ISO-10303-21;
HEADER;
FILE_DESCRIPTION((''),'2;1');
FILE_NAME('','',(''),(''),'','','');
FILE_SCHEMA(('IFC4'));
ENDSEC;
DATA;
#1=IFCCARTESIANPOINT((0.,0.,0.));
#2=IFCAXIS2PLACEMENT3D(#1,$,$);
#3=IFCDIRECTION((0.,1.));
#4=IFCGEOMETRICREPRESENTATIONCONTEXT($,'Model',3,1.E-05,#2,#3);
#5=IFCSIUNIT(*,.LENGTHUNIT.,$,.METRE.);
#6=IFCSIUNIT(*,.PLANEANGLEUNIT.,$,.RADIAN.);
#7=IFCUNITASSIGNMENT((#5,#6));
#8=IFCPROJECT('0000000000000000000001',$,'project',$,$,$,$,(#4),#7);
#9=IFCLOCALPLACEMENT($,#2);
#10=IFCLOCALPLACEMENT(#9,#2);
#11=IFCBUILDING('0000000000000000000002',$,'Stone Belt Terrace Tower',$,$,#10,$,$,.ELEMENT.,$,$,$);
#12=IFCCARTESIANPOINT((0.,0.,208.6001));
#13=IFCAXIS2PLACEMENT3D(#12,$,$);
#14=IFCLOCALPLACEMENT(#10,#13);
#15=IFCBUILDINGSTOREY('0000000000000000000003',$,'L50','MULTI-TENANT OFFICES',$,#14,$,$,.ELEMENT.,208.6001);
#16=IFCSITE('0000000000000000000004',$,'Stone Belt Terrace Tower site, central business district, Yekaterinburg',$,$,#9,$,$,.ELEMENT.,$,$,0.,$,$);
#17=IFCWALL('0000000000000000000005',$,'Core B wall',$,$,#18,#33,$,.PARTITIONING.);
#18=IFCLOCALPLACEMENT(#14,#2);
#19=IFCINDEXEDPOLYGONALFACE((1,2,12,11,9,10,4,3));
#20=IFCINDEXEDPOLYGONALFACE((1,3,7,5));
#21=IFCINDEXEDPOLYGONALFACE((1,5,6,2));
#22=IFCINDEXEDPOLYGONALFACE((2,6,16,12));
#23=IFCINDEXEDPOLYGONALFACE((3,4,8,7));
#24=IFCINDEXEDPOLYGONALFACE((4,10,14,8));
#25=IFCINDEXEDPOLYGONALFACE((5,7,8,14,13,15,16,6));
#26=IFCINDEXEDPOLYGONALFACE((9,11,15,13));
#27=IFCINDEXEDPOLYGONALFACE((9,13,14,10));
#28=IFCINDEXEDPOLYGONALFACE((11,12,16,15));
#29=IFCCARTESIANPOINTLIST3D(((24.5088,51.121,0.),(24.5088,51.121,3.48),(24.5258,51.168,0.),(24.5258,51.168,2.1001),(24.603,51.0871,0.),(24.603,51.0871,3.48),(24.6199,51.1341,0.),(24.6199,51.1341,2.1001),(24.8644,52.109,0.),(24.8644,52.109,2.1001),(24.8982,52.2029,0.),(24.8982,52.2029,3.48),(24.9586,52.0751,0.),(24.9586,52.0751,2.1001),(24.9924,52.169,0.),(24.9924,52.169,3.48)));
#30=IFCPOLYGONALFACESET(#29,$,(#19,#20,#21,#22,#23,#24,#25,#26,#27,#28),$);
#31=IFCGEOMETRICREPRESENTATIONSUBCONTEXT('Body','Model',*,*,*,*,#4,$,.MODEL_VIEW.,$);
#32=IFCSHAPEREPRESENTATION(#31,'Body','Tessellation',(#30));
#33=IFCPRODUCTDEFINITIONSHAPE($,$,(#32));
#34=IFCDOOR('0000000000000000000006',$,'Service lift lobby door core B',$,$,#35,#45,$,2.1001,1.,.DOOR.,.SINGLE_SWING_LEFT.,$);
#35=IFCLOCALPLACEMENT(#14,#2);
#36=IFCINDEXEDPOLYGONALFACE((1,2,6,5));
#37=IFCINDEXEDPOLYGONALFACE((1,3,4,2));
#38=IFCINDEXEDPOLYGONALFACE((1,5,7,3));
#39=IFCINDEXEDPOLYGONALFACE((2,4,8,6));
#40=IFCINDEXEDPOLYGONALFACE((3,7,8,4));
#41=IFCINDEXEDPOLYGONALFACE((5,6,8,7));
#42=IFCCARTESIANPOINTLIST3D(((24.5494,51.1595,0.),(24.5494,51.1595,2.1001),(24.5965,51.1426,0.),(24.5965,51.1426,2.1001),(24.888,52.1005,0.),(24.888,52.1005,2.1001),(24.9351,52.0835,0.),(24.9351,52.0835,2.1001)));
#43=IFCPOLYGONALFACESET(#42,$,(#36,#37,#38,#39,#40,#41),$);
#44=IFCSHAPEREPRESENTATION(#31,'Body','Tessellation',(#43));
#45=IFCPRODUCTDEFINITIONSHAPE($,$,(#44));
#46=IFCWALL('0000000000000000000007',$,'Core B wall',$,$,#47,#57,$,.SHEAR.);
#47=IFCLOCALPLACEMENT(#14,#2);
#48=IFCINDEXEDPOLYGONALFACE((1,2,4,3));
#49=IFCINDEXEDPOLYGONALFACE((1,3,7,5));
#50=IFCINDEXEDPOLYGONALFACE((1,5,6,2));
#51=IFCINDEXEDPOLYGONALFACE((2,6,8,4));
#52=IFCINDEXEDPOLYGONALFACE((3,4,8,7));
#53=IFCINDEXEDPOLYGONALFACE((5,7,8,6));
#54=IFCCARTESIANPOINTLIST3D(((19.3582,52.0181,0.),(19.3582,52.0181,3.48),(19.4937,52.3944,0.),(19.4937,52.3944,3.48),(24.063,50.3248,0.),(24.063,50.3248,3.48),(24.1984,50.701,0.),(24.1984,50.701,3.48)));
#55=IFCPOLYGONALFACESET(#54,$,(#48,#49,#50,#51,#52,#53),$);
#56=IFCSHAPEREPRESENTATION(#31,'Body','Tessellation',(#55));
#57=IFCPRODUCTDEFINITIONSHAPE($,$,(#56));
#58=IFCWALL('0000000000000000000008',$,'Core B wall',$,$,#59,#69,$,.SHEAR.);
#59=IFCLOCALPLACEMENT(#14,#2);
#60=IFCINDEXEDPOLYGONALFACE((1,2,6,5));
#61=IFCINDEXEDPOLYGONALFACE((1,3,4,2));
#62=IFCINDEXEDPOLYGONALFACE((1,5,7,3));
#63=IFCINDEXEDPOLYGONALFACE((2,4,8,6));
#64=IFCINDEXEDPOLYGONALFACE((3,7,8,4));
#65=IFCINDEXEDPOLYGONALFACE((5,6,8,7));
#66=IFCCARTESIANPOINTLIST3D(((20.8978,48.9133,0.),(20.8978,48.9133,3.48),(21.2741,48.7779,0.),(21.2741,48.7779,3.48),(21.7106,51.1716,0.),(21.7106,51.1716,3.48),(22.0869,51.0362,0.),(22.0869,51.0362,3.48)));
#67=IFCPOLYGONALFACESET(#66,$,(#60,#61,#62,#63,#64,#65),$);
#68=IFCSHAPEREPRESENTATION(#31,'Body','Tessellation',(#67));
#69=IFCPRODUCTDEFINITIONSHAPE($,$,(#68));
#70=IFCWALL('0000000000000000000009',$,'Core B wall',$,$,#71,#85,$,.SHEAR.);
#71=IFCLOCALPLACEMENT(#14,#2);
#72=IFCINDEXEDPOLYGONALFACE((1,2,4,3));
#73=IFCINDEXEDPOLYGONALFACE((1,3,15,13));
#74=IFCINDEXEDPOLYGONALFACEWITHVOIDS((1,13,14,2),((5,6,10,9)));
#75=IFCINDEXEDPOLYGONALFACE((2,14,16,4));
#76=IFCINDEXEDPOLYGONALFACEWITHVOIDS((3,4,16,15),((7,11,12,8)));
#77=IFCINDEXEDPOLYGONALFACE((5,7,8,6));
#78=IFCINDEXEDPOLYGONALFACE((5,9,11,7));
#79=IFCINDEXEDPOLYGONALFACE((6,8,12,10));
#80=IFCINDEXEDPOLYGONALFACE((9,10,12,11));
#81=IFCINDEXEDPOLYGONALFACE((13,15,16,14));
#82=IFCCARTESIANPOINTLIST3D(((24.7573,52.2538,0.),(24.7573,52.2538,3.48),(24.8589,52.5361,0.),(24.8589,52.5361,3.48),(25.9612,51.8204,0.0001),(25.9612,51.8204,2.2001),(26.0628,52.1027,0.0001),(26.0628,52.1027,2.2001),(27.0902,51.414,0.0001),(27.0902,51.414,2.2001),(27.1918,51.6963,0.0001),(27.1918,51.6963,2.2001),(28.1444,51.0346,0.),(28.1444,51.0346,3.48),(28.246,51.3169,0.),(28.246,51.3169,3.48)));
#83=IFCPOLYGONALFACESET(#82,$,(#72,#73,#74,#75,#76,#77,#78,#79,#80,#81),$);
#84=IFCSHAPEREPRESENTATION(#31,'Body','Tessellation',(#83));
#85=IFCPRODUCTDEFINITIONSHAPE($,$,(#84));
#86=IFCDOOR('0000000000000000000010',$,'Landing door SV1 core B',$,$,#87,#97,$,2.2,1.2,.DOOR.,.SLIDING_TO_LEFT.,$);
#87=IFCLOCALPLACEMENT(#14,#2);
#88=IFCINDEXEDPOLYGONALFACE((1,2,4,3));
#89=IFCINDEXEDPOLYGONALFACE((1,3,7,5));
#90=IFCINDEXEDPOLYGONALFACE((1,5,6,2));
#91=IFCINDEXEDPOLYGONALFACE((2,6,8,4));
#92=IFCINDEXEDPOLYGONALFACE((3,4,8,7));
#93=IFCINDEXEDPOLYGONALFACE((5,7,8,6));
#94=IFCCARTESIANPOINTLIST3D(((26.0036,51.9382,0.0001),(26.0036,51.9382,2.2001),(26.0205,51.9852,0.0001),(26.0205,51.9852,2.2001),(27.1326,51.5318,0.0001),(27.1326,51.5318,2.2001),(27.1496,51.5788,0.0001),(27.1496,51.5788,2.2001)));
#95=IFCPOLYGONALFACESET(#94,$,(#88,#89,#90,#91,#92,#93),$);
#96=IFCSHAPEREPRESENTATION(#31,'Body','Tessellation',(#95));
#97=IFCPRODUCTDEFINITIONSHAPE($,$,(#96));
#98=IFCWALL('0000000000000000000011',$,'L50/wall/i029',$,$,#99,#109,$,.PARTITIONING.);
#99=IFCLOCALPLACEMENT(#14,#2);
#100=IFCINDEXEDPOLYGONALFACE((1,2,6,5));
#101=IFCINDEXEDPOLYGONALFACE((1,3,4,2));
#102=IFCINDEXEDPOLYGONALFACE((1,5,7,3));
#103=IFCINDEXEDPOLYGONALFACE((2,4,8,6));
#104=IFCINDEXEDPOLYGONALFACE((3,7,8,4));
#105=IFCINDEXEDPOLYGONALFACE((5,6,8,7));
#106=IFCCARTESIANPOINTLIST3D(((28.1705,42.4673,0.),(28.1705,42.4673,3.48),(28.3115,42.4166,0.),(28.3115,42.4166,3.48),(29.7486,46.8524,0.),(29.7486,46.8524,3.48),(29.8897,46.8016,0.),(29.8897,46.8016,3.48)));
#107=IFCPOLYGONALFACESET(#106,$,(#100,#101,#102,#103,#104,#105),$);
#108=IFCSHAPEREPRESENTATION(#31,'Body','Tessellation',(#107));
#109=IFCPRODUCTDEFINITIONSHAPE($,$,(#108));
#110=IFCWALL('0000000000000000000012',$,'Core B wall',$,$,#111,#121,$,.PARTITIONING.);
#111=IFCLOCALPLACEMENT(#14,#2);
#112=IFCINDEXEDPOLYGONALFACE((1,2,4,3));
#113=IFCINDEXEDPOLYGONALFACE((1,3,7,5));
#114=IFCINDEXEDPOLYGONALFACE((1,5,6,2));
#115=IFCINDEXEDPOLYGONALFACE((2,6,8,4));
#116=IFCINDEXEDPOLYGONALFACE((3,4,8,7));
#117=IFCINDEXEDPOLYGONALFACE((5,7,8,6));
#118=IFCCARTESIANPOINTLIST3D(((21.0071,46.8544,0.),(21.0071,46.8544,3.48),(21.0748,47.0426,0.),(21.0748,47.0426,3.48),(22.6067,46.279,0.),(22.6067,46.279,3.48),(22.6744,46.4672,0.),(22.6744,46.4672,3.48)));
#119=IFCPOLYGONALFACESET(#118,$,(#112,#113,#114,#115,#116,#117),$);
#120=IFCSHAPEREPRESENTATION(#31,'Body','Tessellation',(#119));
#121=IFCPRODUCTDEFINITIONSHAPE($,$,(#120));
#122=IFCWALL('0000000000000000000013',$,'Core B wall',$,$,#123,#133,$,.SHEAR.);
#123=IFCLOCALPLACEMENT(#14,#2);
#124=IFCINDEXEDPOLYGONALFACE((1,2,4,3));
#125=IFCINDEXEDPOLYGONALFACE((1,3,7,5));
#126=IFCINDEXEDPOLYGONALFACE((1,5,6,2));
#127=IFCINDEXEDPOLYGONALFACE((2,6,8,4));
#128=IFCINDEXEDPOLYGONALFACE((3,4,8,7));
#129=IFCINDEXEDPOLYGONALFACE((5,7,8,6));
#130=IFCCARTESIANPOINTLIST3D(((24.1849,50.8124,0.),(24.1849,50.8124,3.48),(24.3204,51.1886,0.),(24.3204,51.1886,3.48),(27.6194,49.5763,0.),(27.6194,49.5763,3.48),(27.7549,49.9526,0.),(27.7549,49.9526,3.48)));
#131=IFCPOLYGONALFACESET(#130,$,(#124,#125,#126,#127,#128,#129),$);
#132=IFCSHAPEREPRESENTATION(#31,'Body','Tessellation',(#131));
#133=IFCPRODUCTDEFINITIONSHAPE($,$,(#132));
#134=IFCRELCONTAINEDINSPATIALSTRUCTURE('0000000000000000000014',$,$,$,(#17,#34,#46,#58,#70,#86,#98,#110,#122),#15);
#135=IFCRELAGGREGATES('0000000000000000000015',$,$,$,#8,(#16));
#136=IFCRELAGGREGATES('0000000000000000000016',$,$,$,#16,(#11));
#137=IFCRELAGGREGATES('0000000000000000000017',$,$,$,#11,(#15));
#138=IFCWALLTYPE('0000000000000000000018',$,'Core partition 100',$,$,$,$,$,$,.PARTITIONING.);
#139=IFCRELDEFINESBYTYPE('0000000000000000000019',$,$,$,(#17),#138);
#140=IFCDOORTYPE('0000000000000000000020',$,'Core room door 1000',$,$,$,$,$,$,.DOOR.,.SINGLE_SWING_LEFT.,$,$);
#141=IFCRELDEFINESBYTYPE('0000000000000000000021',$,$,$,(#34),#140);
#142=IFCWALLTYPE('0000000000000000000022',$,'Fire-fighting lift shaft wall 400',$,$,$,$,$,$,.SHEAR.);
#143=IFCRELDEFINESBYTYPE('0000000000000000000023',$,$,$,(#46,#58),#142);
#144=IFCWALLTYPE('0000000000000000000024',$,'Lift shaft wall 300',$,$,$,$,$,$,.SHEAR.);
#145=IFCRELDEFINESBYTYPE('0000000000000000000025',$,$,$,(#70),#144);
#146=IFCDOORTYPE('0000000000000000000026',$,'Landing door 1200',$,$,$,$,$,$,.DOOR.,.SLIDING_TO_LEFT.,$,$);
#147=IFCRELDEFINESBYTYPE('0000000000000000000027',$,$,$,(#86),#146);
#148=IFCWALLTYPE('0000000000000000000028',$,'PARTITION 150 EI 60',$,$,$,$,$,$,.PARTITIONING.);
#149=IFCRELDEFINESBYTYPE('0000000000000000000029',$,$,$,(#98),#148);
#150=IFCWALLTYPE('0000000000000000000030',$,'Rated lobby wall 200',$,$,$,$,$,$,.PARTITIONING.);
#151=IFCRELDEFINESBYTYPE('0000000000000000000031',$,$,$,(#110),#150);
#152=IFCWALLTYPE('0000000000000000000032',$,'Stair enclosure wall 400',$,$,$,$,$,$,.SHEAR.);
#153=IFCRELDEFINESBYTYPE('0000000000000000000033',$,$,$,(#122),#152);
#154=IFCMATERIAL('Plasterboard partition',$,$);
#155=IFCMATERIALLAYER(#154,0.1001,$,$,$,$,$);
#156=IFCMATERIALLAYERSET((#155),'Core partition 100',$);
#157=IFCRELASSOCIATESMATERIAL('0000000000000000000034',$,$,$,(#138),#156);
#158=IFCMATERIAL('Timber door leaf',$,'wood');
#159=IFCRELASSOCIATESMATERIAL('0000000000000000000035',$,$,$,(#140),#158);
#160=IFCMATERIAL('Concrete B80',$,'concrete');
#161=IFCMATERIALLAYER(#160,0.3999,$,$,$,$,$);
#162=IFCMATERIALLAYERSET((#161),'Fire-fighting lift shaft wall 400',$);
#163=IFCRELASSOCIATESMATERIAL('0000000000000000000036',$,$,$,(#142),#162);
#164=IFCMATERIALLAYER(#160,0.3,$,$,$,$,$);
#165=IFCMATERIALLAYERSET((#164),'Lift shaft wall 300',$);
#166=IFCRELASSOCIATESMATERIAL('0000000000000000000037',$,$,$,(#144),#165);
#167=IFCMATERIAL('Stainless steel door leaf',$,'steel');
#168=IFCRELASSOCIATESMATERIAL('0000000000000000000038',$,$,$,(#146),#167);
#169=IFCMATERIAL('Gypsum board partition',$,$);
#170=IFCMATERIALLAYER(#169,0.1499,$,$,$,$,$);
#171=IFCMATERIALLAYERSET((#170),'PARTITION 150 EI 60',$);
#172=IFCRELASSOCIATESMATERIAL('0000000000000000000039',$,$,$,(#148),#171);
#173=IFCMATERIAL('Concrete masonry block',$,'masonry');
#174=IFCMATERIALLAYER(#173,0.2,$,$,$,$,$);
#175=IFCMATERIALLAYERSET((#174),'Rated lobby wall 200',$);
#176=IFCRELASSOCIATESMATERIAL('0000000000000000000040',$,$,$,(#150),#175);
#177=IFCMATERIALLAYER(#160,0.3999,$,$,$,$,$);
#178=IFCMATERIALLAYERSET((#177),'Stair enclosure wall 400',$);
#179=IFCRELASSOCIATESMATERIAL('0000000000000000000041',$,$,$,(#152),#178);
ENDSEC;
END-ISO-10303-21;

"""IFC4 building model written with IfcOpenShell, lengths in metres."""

from ifc_helpers import new_model, si_unit, direction, frame, frame_2d, origin, place, context, subcontext, project, spatial, rectangle, extrude, material, layer, layer_set, type_object, element, fill, save


model = new_model("IFC4")

# Units and contexts
model_context = context("Model", 3, precision=1e-05, world=origin(), true_north=direction((0.0, 1.0)))
body_context = subcontext(model_context, "Body", "Model", "MODEL_VIEW")
ifc_project = project(units=[si_unit("LENGTHUNIT", "METRE"), si_unit("PLANEANGLEUNIT", "RADIAN")], contexts=[model_context])

# Site, building, storey
site_placement = place(None, origin())
site = spatial("IfcSite", under=ifc_project, at=site_placement, Name="Stone Belt Terrace Tower site, central business district, Yekaterinburg", CompositionType="ELEMENT", RefElevation=0.0)
building_placement = place(site_placement, origin())
building = spatial("IfcBuilding", under=site, at=building_placement, Name="Stone Belt Terrace Tower", CompositionType="ELEMENT")
storey_placement = place(building_placement, frame((0.0, 0.0, 208.6001)))
storey = spatial("IfcBuildingStorey", under=building, at=storey_placement, Name="L50", Description="MULTI-TENANT OFFICES", CompositionType="ELEMENT", Elevation=208.6001)

# Wall, opening, door
ifc_material_1 = material(Name="Plasterboard partition")
ifc_layer_1 = layer(ifc_material_1, 0.1001)
ifc_layer_set_1 = layer_set([ifc_layer_1], Name="Core partition 100")
wall_type_1 = type_object("IfcWallType", Name="Core partition 100", PredefinedType="PARTITIONING", material=ifc_layer_set_1)
wall_1_placement = place(storey_placement, frame((24.5559, 51.104, 0.0), z_axis=(0.0, 0.0, 1.0), x_axis=(0.338622, 0.940923, 0.0)))
wall_1 = element("IfcWall", 1, at=wall_1_placement, inside=storey, type_object=wall_type_1, Name="Core B wall", PredefinedType="PARTITIONING", context=body_context, shape_type="SweptSolid", body=[
    extrude(rectangle(XDim=1.1499, YDim=0.1001, at=frame_2d((0.575, 0.0))), origin(), (0.0, 0.0, 1.0), 3.48),
])
opening_1_placement = place(wall_1_placement, frame((0.05, 0.0, 0.0)))
opening_1 = element("IfcOpeningElement", 2, at=opening_1_placement, cuts=wall_1, PredefinedType="OPENING", context=body_context, shape_type="SweptSolid", body=[
    extrude(rectangle(XDim=1.0, YDim=2.1001, at=frame_2d((0.5, 1.05))), frame((0.0, 0.0601, 0.0), z_axis=(0.0, -1.0, 0.0), x_axis=(1.0, 0.0, 0.0)), (0.0, 0.0, 1.0), 0.1201),
])
ifc_material_2 = material(Name="Timber door leaf", Category="wood")
door_type_1 = type_object("IfcDoorType", Name="Core room door 1000", OperationType="SINGLE_SWING_LEFT", PredefinedType="DOOR", material=ifc_material_2)
door_1_placement = place(opening_1_placement, origin())
door_1 = element("IfcDoor", 3, at=door_1_placement, inside=storey, type_object=door_type_1, Name="Service lift lobby door core B", OperationType="SINGLE_SWING_LEFT", OverallHeight=2.1001, OverallWidth=1.0, PredefinedType="DOOR", context=body_context, shape_type="SweptSolid", body=[
    extrude(rectangle(XDim=1.0, YDim=2.1001, at=frame_2d((0.5, 1.05))), frame((0.0, 0.0249, 0.0), z_axis=(0.0, -1.0, 0.0), x_axis=(1.0, 0.0, 0.0)), (0.0, 0.0, 1.0), 0.05),
])
fill(opening_1, door_1)

# Walls
ifc_material_3 = material(Name="Concrete B80", Category="concrete")
ifc_layer_2 = layer(ifc_material_3, 0.3999)
ifc_layer_set_2 = layer_set([ifc_layer_2], Name="Fire-fighting lift shaft wall 400")
wall_type_2 = type_object("IfcWallType", Name="Fire-fighting lift shaft wall 400", PredefinedType="SHEAR", material=ifc_layer_set_2)
wall_2_placement = place(storey_placement, frame((24.1306, 50.5129, 0.0), z_axis=(0.0, 0.0, 1.0), x_axis=(-0.940912, 0.338652, 0.0)))
element("IfcWall", 4, at=wall_2_placement, inside=storey, type_object=wall_type_2, Name="Core B wall", PredefinedType="SHEAR", context=body_context, shape_type="SweptSolid", body=[
    extrude(rectangle(XDim=5.0002, YDim=0.3999, at=frame_2d((2.5, 0.0))), origin(), (0.0, 0.0, 1.0), 3.48),
])
wall_3_placement = place(storey_placement, frame((21.0859, 48.8455, 0.0), z_axis=(0.0, 0.0, 1.0), x_axis=(0.338629, 0.94092, 0.0)))
element("IfcWall", 5, at=wall_3_placement, inside=storey, type_object=wall_type_2, Name="Core B wall", PredefinedType="SHEAR", context=body_context, shape_type="SweptSolid", body=[
    extrude(rectangle(XDim=2.4001, YDim=0.3999, at=frame_2d((1.2002, 0.0))), origin(), (0.0, 0.0, 1.0), 3.48),
])

# Wall, opening, door
ifc_layer_3 = layer(ifc_material_3, 0.3)
ifc_layer_set_3 = layer_set([ifc_layer_3], Name="Lift shaft wall 300")
wall_type_3 = type_object("IfcWallType", Name="Lift shaft wall 300", PredefinedType="SHEAR", material=ifc_layer_set_3)
wall_4_placement = place(storey_placement, frame((28.1951, 51.1758, 0.0), z_axis=(0.0, 0.0, 1.0), x_axis=(-0.940901, 0.338681, 0.0)))
wall_4 = element("IfcWall", 6, at=wall_4_placement, inside=storey, type_object=wall_type_3, Name="Core B wall", PredefinedType="SHEAR", context=body_context, shape_type="SweptSolid", body=[
    extrude(rectangle(XDim=3.5999, YDim=0.3, at=frame_2d((1.7998, 0.0))), origin(), (0.0, 0.0, 1.0), 3.48),
])
opening_2_placement = place(wall_4_placement, frame((1.1201, 0.0, 0.0)))
opening_2 = element("IfcOpeningElement", 7, at=opening_2_placement, cuts=wall_4, PredefinedType="OPENING", context=body_context, shape_type="SweptSolid", body=[
    extrude(rectangle(XDim=1.2, YDim=2.2, at=frame_2d((0.6001, 1.1001))), frame((0.0, 0.1599, 0.0), z_axis=(0.0, -1.0, 0.0), x_axis=(1.0, 0.0, 0.0)), (0.0, 0.0, 1.0), 0.3201),
])
ifc_material_4 = material(Name="Stainless steel door leaf", Category="steel")
door_type_2 = type_object("IfcDoorType", Name="Landing door 1200", OperationType="SLIDING_TO_LEFT", PredefinedType="DOOR", material=ifc_material_4)
door_2_placement = place(opening_2_placement, origin())
door_2 = element("IfcDoor", 8, at=door_2_placement, inside=storey, type_object=door_type_2, Name="Landing door SV1 core B", OperationType="SLIDING_TO_LEFT", OverallHeight=2.2, OverallWidth=1.2, PredefinedType="DOOR", context=body_context, shape_type="SweptSolid", body=[
    extrude(rectangle(XDim=1.2, YDim=2.2, at=frame_2d((0.6001, 1.1001))), frame((0.0, 0.0249, 0.0), z_axis=(0.0, -1.0, 0.0), x_axis=(1.0, 0.0, 0.0)), (0.0, 0.0, 1.0), 0.05),
])
fill(opening_2, door_2)

# Walls
ifc_material_5 = material(Name="Gypsum board partition")
ifc_layer_4 = layer(ifc_material_5, 0.1499)
ifc_layer_set_4 = layer_set([ifc_layer_4], Name="PARTITION 150 EI 60")
wall_type_4 = type_object("IfcWallType", Name="PARTITION 150 EI 60", PredefinedType="PARTITIONING", material=ifc_layer_set_4)
wall_5_placement = place(storey_placement, frame((29.8191, 46.8269, 0.0), z_axis=(0.0, 0.0, 1.0), x_axis=(-0.338629, -0.94092, 0.0)))
element("IfcWall", 9, at=wall_5_placement, inside=storey, type_object=wall_type_4, Name="L50/wall/i029", PredefinedType="PARTITIONING", context=body_context, shape_type="SweptSolid", body=[
    extrude(rectangle(XDim=4.6604, YDim=0.1499, at=frame_2d((2.3301, 0.0))), origin(), (0.0, 0.0, 1.0), 3.48),
])
ifc_material_6 = material(Name="Concrete masonry block", Category="masonry")
ifc_layer_5 = layer(ifc_material_6, 0.2)
ifc_layer_set_5 = layer_set([ifc_layer_5], Name="Rated lobby wall 200")
wall_type_5 = type_object("IfcWallType", Name="Rated lobby wall 200", PredefinedType="PARTITIONING", material=ifc_layer_set_5)
wall_6_placement = place(storey_placement, frame((22.6406, 46.373, 0.0), z_axis=(0.0, 0.0, 1.0), x_axis=(-0.940966, 0.338501, 0.0)))
element("IfcWall", 10, at=wall_6_placement, inside=storey, type_object=wall_type_5, Name="Core B wall", PredefinedType="PARTITIONING", context=body_context, shape_type="SweptSolid", body=[
    extrude(rectangle(XDim=1.7, YDim=0.2, at=frame_2d((0.8501, 0.0))), origin(), (0.0, 0.0, 1.0), 3.48),
])
ifc_layer_6 = layer(ifc_material_3, 0.3999)
ifc_layer_set_6 = layer_set([ifc_layer_6], Name="Stair enclosure wall 400")
wall_type_6 = type_object("IfcWallType", Name="Stair enclosure wall 400", PredefinedType="SHEAR", material=ifc_layer_set_6)
wall_7_placement = place(storey_placement, frame((27.6873, 49.7644, 0.0), z_axis=(0.0, 0.0, 1.0), x_axis=(-0.940919, 0.338632, 0.0)))
element("IfcWall", 11, at=wall_7_placement, inside=storey, type_object=wall_type_6, Name="Core B wall", PredefinedType="SHEAR", context=body_context, shape_type="SweptSolid", body=[
    extrude(rectangle(XDim=3.6501, YDim=0.3999, at=frame_2d((1.8252, 0.0))), origin(), (0.0, 0.0, 1.0), 3.48),
])

save(model, "model.ifc")
